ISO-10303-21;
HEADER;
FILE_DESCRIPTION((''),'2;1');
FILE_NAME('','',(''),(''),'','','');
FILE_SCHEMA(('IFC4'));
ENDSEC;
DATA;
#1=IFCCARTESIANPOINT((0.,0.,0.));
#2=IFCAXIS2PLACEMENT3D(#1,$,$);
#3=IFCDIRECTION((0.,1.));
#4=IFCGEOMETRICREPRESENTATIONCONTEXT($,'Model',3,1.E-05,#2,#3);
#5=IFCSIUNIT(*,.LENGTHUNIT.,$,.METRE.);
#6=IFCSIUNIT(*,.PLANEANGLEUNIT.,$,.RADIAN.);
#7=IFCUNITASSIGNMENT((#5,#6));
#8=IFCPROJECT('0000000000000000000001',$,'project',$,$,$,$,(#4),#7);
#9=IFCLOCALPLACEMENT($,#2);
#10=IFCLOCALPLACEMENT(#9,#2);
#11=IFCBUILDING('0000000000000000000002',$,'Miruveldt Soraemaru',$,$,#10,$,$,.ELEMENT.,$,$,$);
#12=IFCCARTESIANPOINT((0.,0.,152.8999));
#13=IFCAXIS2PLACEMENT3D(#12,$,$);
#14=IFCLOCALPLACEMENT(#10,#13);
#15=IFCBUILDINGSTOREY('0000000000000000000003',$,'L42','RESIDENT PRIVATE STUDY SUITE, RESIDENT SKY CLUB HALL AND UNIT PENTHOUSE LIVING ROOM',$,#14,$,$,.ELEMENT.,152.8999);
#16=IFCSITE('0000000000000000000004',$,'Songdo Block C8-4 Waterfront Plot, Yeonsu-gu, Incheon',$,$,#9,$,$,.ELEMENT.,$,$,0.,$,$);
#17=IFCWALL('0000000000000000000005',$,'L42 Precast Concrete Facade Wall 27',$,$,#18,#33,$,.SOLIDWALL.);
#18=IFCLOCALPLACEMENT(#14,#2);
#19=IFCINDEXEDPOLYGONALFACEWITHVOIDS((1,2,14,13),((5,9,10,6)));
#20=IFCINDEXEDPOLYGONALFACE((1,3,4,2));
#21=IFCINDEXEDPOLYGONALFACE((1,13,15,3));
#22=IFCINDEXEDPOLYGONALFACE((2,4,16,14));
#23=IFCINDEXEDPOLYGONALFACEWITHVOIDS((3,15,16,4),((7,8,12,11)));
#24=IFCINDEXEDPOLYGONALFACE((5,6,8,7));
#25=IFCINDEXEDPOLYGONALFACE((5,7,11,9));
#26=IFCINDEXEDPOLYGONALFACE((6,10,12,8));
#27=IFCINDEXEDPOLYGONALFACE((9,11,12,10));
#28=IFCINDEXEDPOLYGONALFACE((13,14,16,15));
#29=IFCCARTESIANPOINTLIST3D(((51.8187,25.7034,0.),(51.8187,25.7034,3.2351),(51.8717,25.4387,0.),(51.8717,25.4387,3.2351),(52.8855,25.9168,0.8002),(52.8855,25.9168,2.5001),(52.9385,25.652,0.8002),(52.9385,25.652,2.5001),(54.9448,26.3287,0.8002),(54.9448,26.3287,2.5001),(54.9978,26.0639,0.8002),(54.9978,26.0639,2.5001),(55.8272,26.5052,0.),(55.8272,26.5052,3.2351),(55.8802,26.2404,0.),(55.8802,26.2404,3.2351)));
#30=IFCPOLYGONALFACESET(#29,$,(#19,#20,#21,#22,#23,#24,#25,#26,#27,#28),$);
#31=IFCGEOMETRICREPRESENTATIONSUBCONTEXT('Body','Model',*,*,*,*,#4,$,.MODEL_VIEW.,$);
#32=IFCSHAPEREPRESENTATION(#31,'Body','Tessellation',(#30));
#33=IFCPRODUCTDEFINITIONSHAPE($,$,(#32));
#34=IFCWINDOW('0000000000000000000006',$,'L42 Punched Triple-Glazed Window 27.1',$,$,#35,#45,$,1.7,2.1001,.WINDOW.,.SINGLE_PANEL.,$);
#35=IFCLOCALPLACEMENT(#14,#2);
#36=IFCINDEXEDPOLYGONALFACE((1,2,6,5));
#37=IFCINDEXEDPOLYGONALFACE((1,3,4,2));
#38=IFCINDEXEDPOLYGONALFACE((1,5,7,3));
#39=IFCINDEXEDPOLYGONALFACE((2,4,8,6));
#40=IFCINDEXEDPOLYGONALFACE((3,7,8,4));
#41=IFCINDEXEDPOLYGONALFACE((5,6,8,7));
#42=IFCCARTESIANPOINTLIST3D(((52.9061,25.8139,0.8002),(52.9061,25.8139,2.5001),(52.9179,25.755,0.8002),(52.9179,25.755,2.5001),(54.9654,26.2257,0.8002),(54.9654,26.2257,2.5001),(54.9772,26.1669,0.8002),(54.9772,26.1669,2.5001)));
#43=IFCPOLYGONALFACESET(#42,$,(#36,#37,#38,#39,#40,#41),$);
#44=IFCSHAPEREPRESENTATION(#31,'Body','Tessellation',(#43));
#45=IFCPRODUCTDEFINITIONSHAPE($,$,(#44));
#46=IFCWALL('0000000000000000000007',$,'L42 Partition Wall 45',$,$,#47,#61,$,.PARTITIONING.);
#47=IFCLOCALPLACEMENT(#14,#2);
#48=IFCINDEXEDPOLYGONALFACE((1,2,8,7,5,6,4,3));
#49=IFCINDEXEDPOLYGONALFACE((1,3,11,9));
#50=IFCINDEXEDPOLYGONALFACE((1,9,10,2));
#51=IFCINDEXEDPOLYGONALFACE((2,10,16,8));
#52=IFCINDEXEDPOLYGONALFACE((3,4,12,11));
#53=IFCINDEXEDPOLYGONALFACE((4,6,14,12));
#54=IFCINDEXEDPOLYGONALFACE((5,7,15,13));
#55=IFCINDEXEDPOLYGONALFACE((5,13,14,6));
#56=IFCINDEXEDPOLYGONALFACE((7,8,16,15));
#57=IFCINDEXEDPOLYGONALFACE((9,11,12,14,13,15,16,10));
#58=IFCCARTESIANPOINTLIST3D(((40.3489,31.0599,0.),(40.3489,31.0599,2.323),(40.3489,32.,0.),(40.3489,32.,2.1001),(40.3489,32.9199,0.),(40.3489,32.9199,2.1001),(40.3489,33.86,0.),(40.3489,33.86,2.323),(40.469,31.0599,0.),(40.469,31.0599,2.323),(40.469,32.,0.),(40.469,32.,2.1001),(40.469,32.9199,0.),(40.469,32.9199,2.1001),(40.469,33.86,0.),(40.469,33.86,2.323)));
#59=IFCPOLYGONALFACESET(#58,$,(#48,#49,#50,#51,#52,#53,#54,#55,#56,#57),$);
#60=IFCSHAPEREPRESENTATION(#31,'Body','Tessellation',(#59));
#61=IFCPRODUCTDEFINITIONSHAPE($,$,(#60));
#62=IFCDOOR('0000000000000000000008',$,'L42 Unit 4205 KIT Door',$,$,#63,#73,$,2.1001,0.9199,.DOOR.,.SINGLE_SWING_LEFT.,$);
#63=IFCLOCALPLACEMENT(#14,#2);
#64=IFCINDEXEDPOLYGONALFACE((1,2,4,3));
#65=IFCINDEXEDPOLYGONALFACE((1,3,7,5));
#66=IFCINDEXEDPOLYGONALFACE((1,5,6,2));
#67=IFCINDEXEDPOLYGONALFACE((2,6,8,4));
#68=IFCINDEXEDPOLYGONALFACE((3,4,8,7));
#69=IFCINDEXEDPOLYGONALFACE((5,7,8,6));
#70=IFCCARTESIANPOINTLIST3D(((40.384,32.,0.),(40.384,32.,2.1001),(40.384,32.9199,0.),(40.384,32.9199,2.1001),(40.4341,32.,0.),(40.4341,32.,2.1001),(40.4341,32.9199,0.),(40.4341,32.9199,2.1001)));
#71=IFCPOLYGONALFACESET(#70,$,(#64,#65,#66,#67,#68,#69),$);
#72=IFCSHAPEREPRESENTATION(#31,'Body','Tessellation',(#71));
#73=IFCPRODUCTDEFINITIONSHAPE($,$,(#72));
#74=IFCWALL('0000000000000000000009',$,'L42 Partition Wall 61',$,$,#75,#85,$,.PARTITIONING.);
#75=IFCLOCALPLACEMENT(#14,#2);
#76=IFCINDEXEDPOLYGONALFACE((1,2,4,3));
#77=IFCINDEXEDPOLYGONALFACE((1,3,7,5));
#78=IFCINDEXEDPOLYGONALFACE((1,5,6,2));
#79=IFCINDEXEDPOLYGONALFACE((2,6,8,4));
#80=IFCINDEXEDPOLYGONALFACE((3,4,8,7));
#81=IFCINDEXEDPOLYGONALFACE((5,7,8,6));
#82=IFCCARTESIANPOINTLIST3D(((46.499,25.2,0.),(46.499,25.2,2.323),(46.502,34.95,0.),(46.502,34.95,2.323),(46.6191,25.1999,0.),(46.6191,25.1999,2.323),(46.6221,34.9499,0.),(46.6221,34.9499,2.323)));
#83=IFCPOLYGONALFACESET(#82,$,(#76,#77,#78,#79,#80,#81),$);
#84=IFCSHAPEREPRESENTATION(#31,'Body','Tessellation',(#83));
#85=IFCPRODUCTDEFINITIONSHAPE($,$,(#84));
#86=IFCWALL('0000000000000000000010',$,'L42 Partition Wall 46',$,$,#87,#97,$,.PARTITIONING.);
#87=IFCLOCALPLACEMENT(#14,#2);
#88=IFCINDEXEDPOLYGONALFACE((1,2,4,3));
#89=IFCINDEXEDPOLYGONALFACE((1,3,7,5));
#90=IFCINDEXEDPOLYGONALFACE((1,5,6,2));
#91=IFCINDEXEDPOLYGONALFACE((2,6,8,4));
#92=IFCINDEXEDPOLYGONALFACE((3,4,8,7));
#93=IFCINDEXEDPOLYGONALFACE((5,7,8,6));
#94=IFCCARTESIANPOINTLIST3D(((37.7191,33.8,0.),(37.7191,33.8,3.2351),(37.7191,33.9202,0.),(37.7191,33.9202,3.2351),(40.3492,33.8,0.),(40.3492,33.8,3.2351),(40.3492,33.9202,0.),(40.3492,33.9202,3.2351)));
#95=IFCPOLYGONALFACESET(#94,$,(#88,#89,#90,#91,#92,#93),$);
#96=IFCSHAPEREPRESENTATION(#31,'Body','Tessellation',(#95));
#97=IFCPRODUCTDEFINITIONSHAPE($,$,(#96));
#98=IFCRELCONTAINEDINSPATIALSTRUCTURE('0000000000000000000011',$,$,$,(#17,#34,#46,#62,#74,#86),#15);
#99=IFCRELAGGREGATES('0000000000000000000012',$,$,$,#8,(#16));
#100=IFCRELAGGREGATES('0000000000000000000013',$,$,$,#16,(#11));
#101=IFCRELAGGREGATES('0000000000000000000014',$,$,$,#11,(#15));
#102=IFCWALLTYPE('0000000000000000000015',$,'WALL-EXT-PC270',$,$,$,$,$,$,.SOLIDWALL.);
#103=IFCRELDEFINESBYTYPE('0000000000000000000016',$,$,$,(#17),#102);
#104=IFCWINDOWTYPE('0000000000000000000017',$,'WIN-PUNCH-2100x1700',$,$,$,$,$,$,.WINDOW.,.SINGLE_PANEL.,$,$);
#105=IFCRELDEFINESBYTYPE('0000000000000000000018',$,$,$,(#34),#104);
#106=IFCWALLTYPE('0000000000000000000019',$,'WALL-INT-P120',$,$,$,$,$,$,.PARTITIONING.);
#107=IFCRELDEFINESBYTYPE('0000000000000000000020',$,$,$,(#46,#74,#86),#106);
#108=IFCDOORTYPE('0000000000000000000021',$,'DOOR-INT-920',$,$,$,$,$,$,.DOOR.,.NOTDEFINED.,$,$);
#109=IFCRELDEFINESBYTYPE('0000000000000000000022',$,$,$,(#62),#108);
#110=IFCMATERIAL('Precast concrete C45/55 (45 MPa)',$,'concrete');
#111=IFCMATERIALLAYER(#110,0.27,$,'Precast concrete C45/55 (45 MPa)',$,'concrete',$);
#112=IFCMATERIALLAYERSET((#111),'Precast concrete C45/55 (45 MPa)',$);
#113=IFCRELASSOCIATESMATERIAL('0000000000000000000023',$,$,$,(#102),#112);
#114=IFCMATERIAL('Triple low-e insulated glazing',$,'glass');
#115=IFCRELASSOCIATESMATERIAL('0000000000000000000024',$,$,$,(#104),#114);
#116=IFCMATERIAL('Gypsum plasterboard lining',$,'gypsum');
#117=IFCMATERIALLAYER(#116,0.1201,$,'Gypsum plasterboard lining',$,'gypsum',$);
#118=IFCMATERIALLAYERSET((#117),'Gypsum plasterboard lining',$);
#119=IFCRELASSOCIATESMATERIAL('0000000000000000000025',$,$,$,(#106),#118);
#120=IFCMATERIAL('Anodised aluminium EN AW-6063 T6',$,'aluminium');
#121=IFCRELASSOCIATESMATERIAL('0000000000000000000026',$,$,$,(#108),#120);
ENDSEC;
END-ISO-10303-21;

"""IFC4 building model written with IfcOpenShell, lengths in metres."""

from ifc_helpers import new_model, si_unit, direction, frame, frame_2d, origin, place, context, subcontext, project, spatial, rectangle, extrude, material, layer, layer_set, type_object, element, fill, save


model = new_model("IFC4")

# Units and contexts
model_context = context("Model", 3, precision=1e-05, world=origin(), true_north=direction((0.0, 1.0)))
body_context = subcontext(model_context, "Body", "Model", "MODEL_VIEW")
ifc_project = project(units=[si_unit("LENGTHUNIT", "METRE"), si_unit("PLANEANGLEUNIT", "RADIAN")], contexts=[model_context])

# Site, building, storey
site_placement = place(None, origin())
site = spatial("IfcSite", under=ifc_project, at=site_placement, Name="Songdo Block C8-4 Waterfront Plot, Yeonsu-gu, Incheon", CompositionType="ELEMENT", RefElevation=0.0)
building_placement = place(site_placement, origin())
building = spatial("IfcBuilding", under=site, at=building_placement, Name="Miruveldt Soraemaru", CompositionType="ELEMENT")
storey_placement = place(building_placement, frame((0.0, 0.0, 152.8999)))
storey = spatial("IfcBuildingStorey", under=building, at=storey_placement, Name="L42", Description="RESIDENT PRIVATE STUDY SUITE, RESIDENT SKY CLUB HALL AND UNIT PENTHOUSE LIVING ROOM", CompositionType="ELEMENT", Elevation=152.8999)

# Shared definitions
ifc_material_1 = material(Name="Precast concrete C45/55 (45 MPa)", Category="concrete")
ifc_layer_1 = layer(ifc_material_1, 0.27, Name="Precast concrete C45/55 (45 MPa)", Category="concrete")
ifc_layer_set_1 = layer_set([ifc_layer_1], Name="Precast concrete C45/55 (45 MPa)")
wall_type_1 = type_object("IfcWallType", Name="WALL-EXT-PC270", PredefinedType="SOLIDWALL", material=ifc_layer_set_1)

# Wall, opening, window
ifc_material_2 = material(Name="Triple low-e insulated glazing", Category="glass")
window_type_1 = type_object("IfcWindowType", Name="WIN-PUNCH-2100x1700", PartitioningType="SINGLE_PANEL", PredefinedType="WINDOW", material=ifc_material_2)
wall_1_placement = place(storey_placement, frame((51.8452, 25.571, 0.0), z_axis=(0.0, 0.0, 1.0), x_axis=(0.980578, 0.196128, 0.0)))
wall_1 = element("IfcWall", 1, at=wall_1_placement, inside=storey, type_object=wall_type_1, Name="L42 Precast Concrete Facade Wall 27", PredefinedType="SOLIDWALL", context=body_context, shape_type="SweptSolid", body=[
    extrude(rectangle(XDim=4.0879, YDim=0.27, at=frame_2d((2.0439, 0.0))), origin(), (0.0, 0.0, 1.0), 3.2351),
])
opening_1_placement = place(wall_1_placement, frame((1.0879, 0.0, 0.8)))
opening_1 = element("IfcOpeningElement", 2, at=opening_1_placement, cuts=wall_1, PredefinedType="OPENING", context=body_context, shape_type="SweptSolid", body=[
    extrude(rectangle(XDim=2.1001, YDim=1.7, at=frame_2d((1.05, 0.8501))), frame((0.0, 0.145, 0.0), z_axis=(0.0, -1.0, 0.0), x_axis=(1.0, 0.0, 0.0)), (0.0, 0.0, 1.0), 0.29),
])
window_1_placement = place(opening_1_placement, origin())
window_1 = element("IfcWindow", 3, at=window_1_placement, inside=storey, type_object=window_type_1, Name="L42 Punched Triple-Glazed Window 27.1", OverallHeight=1.7, OverallWidth=2.1001, PartitioningType="SINGLE_PANEL", PredefinedType="WINDOW", context=body_context, shape_type="SweptSolid", body=[
    extrude(rectangle(XDim=2.1001, YDim=1.7, at=frame_2d((1.05, 0.8501))), frame((0.0, 0.03, 0.0), z_axis=(0.0, -1.0, 0.0), x_axis=(1.0, 0.0, 0.0)), (0.0, 0.0, 1.0), 0.0601),
])
fill(opening_1, window_1)

# Wall, opening, door
ifc_material_3 = material(Name="Gypsum plasterboard lining", Category="gypsum")
ifc_layer_2 = layer(ifc_material_3, 0.1201, Name="Gypsum plasterboard lining", Category="gypsum")
ifc_layer_set_2 = layer_set([ifc_layer_2], Name="Gypsum plasterboard lining")
wall_type_2 = type_object("IfcWallType", Name="WALL-INT-P120", PredefinedType="PARTITIONING", material=ifc_layer_set_2)
wall_2_placement = place(storey_placement, frame((40.4089, 31.0601, 0.0), z_axis=(0.0, 0.0, 1.0), x_axis=(0.0, 1.0, 0.0)))
wall_2 = element("IfcWall", 4, at=wall_2_placement, inside=storey, type_object=wall_type_2, Name="L42 Partition Wall 45", PredefinedType="PARTITIONING", context=body_context, shape_type="SweptSolid", body=[
    extrude(rectangle(XDim=2.8, YDim=0.1201, at=frame_2d((1.3999, 0.0))), origin(), (0.0, 0.0, 1.0), 2.323),
])
opening_2_placement = place(wall_2_placement, frame((0.9399, 0.0, 0.0)))
opening_2 = element("IfcOpeningElement", 5, at=opening_2_placement, cuts=wall_2, PredefinedType="OPENING", context=body_context, shape_type="SweptSolid", body=[
    extrude(rectangle(XDim=0.9199, YDim=2.1001, at=frame_2d((0.46, 1.05))), frame((0.0, 0.0701, 0.0), z_axis=(0.0, -1.0, 0.0), x_axis=(1.0, 0.0, 0.0)), (0.0, 0.0, 1.0), 0.1401),
])
ifc_material_4 = material(Name="Anodised aluminium EN AW-6063 T6", Category="aluminium")
door_type = type_object("IfcDoorType", Name="DOOR-INT-920", OperationType="NOTDEFINED", PredefinedType="DOOR", material=ifc_material_4)
door_placement = place(opening_2_placement, origin())
door = element("IfcDoor", 6, at=door_placement, inside=storey, type_object=door_type, Name="L42 Unit 4205 KIT Door", OperationType="SINGLE_SWING_LEFT", OverallHeight=2.1001, OverallWidth=0.9199, PredefinedType="DOOR", context=body_context, shape_type="SweptSolid", body=[
    extrude(rectangle(XDim=0.9199, YDim=2.1001, at=frame_2d((0.46, 1.05))), frame((0.0, 0.0249, 0.0), z_axis=(0.0, -1.0, 0.0), x_axis=(1.0, 0.0, 0.0)), (0.0, 0.0, 1.0), 0.05),
])
fill(opening_2, door)

# Walls
wall_3_placement = place(storey_placement, frame((46.5591, 25.2, 0.0), z_axis=(0.0, 0.0, 1.0), x_axis=(0.0003, 1.0, 0.0)))
element("IfcWall", 7, at=wall_3_placement, inside=storey, type_object=wall_type_2, Name="L42 Partition Wall 61", PredefinedType="PARTITIONING", context=body_context, shape_type="SweptSolid", body=[
    extrude(rectangle(XDim=9.75, YDim=0.1201, at=frame_2d((4.875, 0.0))), origin(), (0.0, 0.0, 1.0), 2.323),
])
wall_4_placement = place(storey_placement, frame((40.3491, 33.8601, 0.0), z_axis=(0.0, 0.0, 1.0), x_axis=(-1.0, 0.0, 0.0)))
element("IfcWall", 8, at=wall_4_placement, inside=storey, type_object=wall_type_2, Name="L42 Partition Wall 46", PredefinedType="PARTITIONING", context=body_context, shape_type="SweptSolid", body=[
    extrude(rectangle(XDim=2.6301, YDim=0.1201, at=frame_2d((1.3149, 0.0))), origin(), (0.0, 0.0, 1.0), 3.2351),
])

save(model, "model.ifc")
